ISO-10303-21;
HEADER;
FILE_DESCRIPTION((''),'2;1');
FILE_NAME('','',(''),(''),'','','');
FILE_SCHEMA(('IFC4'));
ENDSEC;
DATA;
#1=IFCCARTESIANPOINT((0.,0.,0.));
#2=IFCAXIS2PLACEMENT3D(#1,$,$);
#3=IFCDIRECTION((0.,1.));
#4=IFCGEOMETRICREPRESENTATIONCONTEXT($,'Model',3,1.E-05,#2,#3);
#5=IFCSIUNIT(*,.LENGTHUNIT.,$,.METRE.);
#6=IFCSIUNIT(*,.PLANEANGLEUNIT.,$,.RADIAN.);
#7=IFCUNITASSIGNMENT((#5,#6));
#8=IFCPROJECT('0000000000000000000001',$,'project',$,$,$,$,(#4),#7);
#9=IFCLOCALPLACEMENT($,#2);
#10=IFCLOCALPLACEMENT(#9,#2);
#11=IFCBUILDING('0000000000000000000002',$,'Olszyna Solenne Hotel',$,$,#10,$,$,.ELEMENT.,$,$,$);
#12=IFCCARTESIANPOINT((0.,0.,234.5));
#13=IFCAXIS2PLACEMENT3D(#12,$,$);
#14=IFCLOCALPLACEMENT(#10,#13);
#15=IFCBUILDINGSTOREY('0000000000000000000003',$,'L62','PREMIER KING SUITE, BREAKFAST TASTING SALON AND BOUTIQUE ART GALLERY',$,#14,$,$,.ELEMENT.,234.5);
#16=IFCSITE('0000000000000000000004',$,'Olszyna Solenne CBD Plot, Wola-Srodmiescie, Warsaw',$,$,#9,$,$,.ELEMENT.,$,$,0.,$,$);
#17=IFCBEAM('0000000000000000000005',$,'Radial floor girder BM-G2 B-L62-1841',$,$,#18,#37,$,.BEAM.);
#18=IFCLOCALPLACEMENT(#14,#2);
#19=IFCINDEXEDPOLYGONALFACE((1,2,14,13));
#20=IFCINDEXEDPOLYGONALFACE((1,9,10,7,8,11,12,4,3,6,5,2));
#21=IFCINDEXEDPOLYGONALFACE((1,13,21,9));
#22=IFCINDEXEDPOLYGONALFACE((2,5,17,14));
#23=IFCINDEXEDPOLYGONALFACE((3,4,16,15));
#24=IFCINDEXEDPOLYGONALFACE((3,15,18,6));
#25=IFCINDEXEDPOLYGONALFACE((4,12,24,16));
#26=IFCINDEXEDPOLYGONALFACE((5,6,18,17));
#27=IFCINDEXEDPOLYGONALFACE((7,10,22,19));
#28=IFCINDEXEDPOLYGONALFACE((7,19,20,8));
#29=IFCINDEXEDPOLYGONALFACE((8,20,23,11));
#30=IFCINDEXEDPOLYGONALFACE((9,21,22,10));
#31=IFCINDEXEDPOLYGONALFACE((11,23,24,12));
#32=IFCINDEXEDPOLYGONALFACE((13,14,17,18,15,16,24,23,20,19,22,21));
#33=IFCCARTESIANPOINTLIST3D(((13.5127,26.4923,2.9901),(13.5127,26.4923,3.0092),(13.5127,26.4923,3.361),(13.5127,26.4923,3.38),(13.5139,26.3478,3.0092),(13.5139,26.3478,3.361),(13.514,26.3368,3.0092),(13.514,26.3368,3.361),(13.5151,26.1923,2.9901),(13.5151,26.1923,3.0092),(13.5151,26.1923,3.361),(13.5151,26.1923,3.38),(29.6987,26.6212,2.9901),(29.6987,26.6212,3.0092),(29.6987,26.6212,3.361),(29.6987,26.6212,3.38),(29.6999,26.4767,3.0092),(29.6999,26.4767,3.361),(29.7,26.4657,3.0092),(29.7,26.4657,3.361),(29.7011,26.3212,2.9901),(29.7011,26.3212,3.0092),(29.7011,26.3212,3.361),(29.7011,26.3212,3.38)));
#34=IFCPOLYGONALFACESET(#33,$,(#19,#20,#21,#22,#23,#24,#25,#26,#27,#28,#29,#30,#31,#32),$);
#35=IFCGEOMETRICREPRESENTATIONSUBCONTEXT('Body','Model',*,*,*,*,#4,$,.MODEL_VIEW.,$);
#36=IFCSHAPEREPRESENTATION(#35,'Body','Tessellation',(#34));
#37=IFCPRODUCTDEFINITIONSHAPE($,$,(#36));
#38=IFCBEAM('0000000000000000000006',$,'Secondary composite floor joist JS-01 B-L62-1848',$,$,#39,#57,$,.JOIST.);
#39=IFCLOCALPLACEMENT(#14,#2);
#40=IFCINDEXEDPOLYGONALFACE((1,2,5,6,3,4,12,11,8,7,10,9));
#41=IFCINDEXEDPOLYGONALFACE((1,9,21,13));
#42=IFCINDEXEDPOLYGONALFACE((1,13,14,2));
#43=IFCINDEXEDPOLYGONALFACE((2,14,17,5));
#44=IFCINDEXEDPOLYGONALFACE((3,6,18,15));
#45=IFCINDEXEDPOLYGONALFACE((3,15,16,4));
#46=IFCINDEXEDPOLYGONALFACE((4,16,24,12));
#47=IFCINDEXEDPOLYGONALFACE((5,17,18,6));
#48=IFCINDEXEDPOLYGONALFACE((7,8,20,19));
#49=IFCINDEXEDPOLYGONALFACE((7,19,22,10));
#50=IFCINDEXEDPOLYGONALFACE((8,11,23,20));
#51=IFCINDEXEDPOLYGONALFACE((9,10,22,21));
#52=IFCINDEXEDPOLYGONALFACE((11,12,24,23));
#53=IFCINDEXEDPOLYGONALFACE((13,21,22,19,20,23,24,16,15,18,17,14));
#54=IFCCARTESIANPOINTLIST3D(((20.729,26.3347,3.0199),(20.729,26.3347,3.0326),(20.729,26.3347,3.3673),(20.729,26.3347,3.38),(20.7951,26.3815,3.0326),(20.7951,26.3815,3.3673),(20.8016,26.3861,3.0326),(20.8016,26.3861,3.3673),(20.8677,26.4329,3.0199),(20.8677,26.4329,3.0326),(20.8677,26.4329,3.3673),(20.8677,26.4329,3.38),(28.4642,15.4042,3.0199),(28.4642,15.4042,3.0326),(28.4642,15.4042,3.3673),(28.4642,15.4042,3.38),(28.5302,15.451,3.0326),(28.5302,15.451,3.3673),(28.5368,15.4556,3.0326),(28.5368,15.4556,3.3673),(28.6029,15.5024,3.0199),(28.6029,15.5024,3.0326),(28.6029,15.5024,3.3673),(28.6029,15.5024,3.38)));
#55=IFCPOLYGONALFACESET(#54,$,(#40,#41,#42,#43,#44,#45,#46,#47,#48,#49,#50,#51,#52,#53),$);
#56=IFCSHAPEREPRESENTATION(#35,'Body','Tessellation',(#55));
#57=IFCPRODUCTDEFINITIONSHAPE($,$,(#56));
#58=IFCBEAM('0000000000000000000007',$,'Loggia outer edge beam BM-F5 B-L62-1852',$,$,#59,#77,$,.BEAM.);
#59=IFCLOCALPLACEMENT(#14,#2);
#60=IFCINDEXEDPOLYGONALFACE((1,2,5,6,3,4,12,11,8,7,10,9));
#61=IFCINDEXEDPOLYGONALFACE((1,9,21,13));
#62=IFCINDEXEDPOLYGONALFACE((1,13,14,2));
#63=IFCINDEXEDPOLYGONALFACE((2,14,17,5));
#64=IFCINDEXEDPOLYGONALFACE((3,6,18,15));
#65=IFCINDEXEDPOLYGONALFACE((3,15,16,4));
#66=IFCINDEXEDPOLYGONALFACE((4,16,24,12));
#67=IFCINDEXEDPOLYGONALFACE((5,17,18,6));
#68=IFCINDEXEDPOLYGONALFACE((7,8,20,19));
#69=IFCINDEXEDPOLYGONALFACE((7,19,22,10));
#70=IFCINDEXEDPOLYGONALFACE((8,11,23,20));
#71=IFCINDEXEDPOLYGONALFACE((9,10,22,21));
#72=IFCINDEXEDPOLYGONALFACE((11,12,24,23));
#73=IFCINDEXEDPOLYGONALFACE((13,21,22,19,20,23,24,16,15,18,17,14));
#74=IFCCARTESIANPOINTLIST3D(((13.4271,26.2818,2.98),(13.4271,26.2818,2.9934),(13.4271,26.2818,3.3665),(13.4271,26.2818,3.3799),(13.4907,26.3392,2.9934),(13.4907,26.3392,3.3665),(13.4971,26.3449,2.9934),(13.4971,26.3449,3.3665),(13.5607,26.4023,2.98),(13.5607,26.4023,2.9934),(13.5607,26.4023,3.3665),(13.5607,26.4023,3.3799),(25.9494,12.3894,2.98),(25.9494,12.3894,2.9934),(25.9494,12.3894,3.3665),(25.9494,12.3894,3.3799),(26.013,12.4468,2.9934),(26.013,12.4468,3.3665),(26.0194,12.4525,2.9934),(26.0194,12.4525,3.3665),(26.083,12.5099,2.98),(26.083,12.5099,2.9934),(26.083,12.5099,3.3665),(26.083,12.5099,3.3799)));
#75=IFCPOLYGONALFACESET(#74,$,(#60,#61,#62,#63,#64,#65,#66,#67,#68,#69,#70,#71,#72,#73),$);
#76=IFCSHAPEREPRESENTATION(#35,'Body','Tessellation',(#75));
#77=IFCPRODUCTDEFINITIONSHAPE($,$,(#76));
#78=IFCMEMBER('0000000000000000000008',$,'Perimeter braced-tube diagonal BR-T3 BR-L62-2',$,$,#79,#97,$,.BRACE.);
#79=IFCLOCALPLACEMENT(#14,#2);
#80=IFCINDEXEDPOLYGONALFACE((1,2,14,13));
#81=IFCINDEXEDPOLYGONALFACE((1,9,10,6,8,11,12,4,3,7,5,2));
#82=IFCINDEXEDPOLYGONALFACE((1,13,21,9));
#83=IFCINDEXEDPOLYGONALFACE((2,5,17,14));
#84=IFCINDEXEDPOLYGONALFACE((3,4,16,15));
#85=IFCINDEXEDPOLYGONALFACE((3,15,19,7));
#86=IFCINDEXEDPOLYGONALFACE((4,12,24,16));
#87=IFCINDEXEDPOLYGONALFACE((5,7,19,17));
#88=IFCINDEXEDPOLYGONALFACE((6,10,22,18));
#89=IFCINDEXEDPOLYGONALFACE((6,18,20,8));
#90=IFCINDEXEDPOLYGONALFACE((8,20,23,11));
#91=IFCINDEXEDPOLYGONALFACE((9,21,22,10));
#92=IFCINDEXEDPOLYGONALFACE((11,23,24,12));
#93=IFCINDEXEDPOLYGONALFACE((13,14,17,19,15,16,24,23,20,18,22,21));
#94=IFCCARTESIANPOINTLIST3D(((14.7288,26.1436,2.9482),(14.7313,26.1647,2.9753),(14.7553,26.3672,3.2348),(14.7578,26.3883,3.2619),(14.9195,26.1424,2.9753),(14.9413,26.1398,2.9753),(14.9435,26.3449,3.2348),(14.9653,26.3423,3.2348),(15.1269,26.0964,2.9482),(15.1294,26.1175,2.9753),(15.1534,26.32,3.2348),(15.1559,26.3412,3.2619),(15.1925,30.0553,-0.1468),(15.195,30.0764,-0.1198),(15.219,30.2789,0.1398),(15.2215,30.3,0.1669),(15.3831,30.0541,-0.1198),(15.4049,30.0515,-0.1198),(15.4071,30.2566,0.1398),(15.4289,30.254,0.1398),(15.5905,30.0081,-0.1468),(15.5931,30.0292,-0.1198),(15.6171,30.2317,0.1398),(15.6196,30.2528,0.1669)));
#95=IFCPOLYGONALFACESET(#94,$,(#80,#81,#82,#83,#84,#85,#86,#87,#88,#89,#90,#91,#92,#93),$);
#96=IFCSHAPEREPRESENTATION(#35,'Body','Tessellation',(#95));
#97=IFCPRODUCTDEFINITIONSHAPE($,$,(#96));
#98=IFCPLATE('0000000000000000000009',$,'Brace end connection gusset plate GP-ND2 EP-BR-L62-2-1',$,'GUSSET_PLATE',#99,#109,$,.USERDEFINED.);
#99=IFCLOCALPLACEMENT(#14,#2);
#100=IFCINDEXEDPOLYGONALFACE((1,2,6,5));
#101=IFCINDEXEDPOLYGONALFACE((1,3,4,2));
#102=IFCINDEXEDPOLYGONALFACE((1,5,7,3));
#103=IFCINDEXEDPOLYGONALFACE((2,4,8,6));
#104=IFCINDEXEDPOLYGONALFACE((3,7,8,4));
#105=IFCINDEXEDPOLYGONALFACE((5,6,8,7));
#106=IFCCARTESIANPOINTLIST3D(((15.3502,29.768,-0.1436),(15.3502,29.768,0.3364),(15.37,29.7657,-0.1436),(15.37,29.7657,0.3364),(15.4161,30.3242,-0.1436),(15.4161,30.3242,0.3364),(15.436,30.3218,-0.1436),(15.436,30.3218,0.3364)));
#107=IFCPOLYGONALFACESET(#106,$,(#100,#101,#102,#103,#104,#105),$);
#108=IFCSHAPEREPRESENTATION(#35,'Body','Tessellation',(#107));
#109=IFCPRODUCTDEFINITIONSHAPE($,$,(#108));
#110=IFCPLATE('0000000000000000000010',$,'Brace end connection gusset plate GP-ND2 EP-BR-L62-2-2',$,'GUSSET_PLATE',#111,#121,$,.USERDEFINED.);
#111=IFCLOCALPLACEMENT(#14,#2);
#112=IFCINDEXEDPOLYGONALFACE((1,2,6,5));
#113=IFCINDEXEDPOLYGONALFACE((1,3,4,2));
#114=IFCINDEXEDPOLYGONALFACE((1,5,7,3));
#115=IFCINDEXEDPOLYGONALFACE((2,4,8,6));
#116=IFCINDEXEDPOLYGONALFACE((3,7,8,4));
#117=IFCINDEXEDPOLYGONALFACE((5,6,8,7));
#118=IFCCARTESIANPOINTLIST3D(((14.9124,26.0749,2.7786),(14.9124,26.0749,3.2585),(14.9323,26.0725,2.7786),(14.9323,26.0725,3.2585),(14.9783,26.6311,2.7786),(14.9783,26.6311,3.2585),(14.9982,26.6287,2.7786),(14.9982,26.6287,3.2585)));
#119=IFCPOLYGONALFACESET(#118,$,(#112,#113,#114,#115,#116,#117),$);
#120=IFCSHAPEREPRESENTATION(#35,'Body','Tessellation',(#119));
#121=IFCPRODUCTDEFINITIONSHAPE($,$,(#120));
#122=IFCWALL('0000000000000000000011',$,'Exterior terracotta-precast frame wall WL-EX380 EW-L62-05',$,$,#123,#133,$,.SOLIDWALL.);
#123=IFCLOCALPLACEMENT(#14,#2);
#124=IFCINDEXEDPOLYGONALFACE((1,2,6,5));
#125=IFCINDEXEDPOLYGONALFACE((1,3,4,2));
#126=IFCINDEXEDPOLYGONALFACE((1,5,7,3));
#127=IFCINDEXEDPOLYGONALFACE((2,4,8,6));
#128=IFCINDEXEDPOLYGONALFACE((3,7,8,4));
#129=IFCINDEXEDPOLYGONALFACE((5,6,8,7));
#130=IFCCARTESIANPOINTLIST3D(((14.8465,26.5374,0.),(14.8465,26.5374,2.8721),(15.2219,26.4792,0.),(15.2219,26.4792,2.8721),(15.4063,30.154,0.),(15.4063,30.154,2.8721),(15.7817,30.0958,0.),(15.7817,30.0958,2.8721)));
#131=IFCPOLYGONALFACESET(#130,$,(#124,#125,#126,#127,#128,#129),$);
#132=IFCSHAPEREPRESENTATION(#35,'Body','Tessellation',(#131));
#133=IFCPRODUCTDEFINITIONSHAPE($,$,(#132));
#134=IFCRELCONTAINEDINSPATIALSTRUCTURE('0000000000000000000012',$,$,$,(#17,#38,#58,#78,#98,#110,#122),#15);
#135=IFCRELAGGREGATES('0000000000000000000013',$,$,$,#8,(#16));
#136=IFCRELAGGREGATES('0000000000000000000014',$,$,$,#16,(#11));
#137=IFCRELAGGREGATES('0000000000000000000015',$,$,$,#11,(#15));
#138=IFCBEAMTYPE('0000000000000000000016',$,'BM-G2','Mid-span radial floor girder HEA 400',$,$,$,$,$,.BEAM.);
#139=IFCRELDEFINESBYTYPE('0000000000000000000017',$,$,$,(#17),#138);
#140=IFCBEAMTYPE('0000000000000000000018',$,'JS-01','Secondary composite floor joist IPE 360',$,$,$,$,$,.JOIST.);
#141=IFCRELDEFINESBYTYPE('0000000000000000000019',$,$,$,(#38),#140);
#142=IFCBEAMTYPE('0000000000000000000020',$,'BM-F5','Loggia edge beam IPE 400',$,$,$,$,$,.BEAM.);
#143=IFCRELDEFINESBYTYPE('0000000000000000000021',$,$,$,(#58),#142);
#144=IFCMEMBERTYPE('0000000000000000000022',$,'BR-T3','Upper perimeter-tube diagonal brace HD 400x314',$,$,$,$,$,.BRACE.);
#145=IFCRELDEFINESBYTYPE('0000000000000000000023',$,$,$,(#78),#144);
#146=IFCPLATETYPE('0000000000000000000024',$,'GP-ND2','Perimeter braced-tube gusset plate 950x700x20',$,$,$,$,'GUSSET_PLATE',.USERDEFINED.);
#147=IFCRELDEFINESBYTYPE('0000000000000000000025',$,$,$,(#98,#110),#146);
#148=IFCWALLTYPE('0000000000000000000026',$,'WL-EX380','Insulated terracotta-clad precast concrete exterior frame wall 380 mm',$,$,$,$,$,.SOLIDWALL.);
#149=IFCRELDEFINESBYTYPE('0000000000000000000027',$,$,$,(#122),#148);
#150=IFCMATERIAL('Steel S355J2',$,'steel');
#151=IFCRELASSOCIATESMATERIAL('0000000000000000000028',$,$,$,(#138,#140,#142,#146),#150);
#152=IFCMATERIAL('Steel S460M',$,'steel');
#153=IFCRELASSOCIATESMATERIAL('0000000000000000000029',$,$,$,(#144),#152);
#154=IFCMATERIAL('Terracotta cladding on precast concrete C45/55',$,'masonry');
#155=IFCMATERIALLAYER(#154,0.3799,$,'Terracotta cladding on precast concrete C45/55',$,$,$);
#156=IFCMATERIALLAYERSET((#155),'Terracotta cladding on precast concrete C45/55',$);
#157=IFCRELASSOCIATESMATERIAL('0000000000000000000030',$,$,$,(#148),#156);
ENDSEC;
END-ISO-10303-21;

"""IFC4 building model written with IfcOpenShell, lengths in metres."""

from ifc_helpers import new_model, si_unit, direction, frame, frame_2d, origin, origin_2d, place, context, subcontext, project, spatial, rectangle, i_section, extrude, source, transform, mapped, material, layer, layer_set, material_profile, profile_set, type_object, element, save


model = new_model("IFC4")

# Units and contexts
model_context = context("Model", 3, precision=1e-05, world=origin(), true_north=direction((0.0, 1.0)))
body_context = subcontext(model_context, "Body", "Model", "MODEL_VIEW")
ifc_project = project(units=[si_unit("LENGTHUNIT", "METRE"), si_unit("PLANEANGLEUNIT", "RADIAN")], contexts=[model_context])

# Site, building, storey
site_placement = place(None, origin())
site = spatial("IfcSite", under=ifc_project, at=site_placement, Name="Olszyna Solenne CBD Plot, Wola-Srodmiescie, Warsaw", CompositionType="ELEMENT", RefElevation=0.0)
building_placement = place(site_placement, origin())
building = spatial("IfcBuilding", under=site, at=building_placement, Name="Olszyna Solenne Hotel", CompositionType="ELEMENT")
storey_placement = place(building_placement, frame((0.0, 0.0, 234.5)))
storey = spatial("IfcBuildingStorey", under=building, at=storey_placement, Name="L62", Description="PREMIER KING SUITE, BREAKFAST TASTING SALON AND BOUTIQUE ART GALLERY", CompositionType="ELEMENT", Elevation=234.5)

# Shared definitions
ifc_material_1 = material(Name="Steel S460M", Category="steel")

# Beams
ifc_material_2 = material(Name="Steel S355J2", Category="steel")
ifc_material_profile_1 = material_profile(ifc_material_2, i_section(OverallWidth=0.3, OverallDepth=0.3899, WebThickness=0.011, FlangeThickness=0.019, at=origin_2d()), Name="HEA 400", Category="load-bearing")
ifc_profile_set_1 = profile_set([ifc_material_profile_1], Name="Steel S355J2")
beam_type_1 = type_object("IfcBeamType", Name="BM-G2", Description="Mid-span radial floor girder HEA 400", PredefinedType="BEAM", material=ifc_profile_set_1)
shared_shape_1 = source(origin(), body_context, "Body", "SweptSolid", [
    extrude(i_section(OverallWidth=0.3, OverallDepth=0.3899, WebThickness=0.011, FlangeThickness=0.019, at=origin_2d()), origin(), (0.0, 0.0, 1.0), 16.1865),
])
beam_1_placement = place(storey_placement, frame((13.5139, 26.3423, 3.1851), z_axis=(0.999968, 0.007964, 0.0), x_axis=(-0.007964, 0.999968, 0.0)))
element("IfcBeam", 1, at=beam_1_placement, inside=storey, type_object=beam_type_1, Name="Radial floor girder BM-G2 B-L62-1841", PredefinedType="BEAM", context=body_context, shape_type="MappedRepresentation", body=[
    mapped(shared_shape_1, transform((0.0, 0.0, 0.0), x_axis=(1.0, 0.0, 0.0), y_axis=(0.0, 1.0, 0.0), z_axis=(0.0, 0.0, 1.0), scale=1.0)),
])
ifc_material_profile_2 = material_profile(ifc_material_2, i_section(OverallWidth=0.1699, OverallDepth=0.3601, WebThickness=0.0081, FlangeThickness=0.0127, at=origin_2d()), Name="IPE 360", Category="load-bearing")
ifc_profile_set_2 = profile_set([ifc_material_profile_2], Name="Steel S355J2")
beam_type_2 = type_object("IfcBeamType", Name="JS-01", Description="Secondary composite floor joist IPE 360", PredefinedType="JOIST", material=ifc_profile_set_2)
shared_shape_2 = source(origin(), body_context, "Body", "SweptSolid", [
    extrude(i_section(OverallWidth=0.1699, OverallDepth=0.3601, WebThickness=0.0081, FlangeThickness=0.0127, at=origin_2d()), origin(), (0.0, 0.0, 1.0), 13.3906),
])
beam_2_placement = place(storey_placement, frame((20.7983, 26.3838, 3.2), z_axis=(0.577656, -0.816281, 0.0), x_axis=(0.816281, 0.577656, 0.0)))
element("IfcBeam", 2, at=beam_2_placement, inside=storey, type_object=beam_type_2, Name="Secondary composite floor joist JS-01 B-L62-1848", PredefinedType="JOIST", context=body_context, shape_type="MappedRepresentation", body=[
    mapped(shared_shape_2, transform((0.0, 0.0, 0.0), x_axis=(1.0, 0.0, 0.0), y_axis=(0.0, 1.0, 0.0), z_axis=(0.0, 0.0, 1.0), scale=1.0)),
])
ifc_material_profile_3 = material_profile(ifc_material_2, i_section(OverallWidth=0.1799, OverallDepth=0.3999, WebThickness=0.0085, FlangeThickness=0.0134, at=origin_2d()), Name="IPE 400", Category="load-bearing")
ifc_profile_set_3 = profile_set([ifc_material_profile_3], Name="Steel S355J2")
beam_type_3 = type_object("IfcBeamType", Name="BM-F5", Description="Loggia edge beam IPE 400", PredefinedType="BEAM", material=ifc_profile_set_3)
shared_shape_3 = source(origin(), body_context, "Body", "SweptSolid", [
    extrude(i_section(OverallWidth=0.1799, OverallDepth=0.3999, WebThickness=0.0085, FlangeThickness=0.0134, at=origin_2d()), origin(), (0.0, 0.0, 1.0), 18.7031),
])
beam_3_placement = place(storey_placement, frame((13.4939, 26.342, 3.1799), z_axis=(0.669529, -0.742786, 0.0), x_axis=(0.742786, 0.669529, 0.0)))
element("IfcBeam", 3, at=beam_3_placement, inside=storey, type_object=beam_type_3, Name="Loggia outer edge beam BM-F5 B-L62-1852", PredefinedType="BEAM", context=body_context, shape_type="MappedRepresentation", body=[
    mapped(shared_shape_3, transform((0.0, 0.0, 0.0), x_axis=(1.0, 0.0, 0.0), y_axis=(0.0, 1.0, 0.0), z_axis=(0.0, 0.0, 1.0), scale=1.0)),
])

# Member
ifc_material_profile_4 = material_profile(ifc_material_1, i_section(OverallWidth=0.4009, OverallDepth=0.3989, WebThickness=0.022, FlangeThickness=0.0344, at=origin_2d()), Name="HD 400x314", Category="load-bearing")
ifc_profile_set_4 = profile_set([ifc_material_profile_4], Name="Steel S460M")
member_type = type_object("IfcMemberType", Name="BR-T3", Description="Upper perimeter-tube diagonal brace HD 400x314", PredefinedType="BRACE", material=ifc_profile_set_4)
shared_shape_4 = source(origin(), body_context, "Body", "SweptSolid", [
    extrude(i_section(OverallWidth=0.4009, OverallDepth=0.3989, WebThickness=0.022, FlangeThickness=0.0344, at=origin_2d()), origin(), (0.0, 0.0, 1.0), 5.0095),
])
member_placement = place(storey_placement, frame((15.406, 30.1541, 0.01), z_axis=(-0.09255, -0.780849, 0.617827), x_axis=(0.993049, -0.117701, 0.0)))
element("IfcMember", 4, at=member_placement, inside=storey, type_object=member_type, Name="Perimeter braced-tube diagonal BR-T3 BR-L62-2", PredefinedType="BRACE", context=body_context, shape_type="MappedRepresentation", body=[
    mapped(shared_shape_4, transform((0.0, 0.0, 0.0), x_axis=(1.0, 0.0, 0.0), y_axis=(0.0, 1.0, 0.0), z_axis=(0.0, 0.0, 1.0), scale=1.0)),
])

# Plates
plate_type = type_object("IfcPlateType", Name="GP-ND2", Description="Perimeter braced-tube gusset plate 950x700x20", ElementType="GUSSET_PLATE", PredefinedType="USERDEFINED", material=ifc_material_2)
shared_shape_5 = source(origin(), body_context, "Body", "SweptSolid", [
    extrude(rectangle(XDim=0.5601, YDim=0.02, at=origin_2d()), origin(), (0.0, 0.0, 1.0), 0.48),
])
for number, where, z_axis, x_axis, name in (
    (5, (15.3931, 30.0449, -0.1436), (0.0, 0.0, 1.0), (-0.117711, -0.993048, 0.0), "Brace end connection gusset plate GP-ND2 EP-BR-L62-2-1"),
    (6, (14.9553, 26.3518, 2.7786), (0.0, 0.0, 1.0), (-0.117711, -0.993048, 0.0), "Brace end connection gusset plate GP-ND2 EP-BR-L62-2-2"),
):
    element("IfcPlate", number, at=place(storey_placement, frame(where, z_axis=z_axis, x_axis=x_axis)), inside=storey, type_object=plate_type, Name=name, ObjectType="GUSSET_PLATE", PredefinedType="USERDEFINED", context=body_context, shape_type="MappedRepresentation", body=[
        mapped(shared_shape_5, transform((0.0, 0.0, 0.0), x_axis=(1.0, 0.0, 0.0), y_axis=(0.0, 1.0, 0.0), z_axis=(0.0, 0.0, 1.0), scale=1.0)),
    ])

# Wall
ifc_material_3 = material(Name="Terracotta cladding on precast concrete C45/55", Category="masonry")
ifc_layer_1 = layer(ifc_material_3, 0.3799, Name="Terracotta cladding on precast concrete C45/55")
ifc_layer_set_1 = layer_set([ifc_layer_1], Name="Terracotta cladding on precast concrete C45/55")
wall_type_1 = type_object("IfcWallType", Name="WL-EX380", Description="Insulated terracotta-clad precast concrete exterior frame wall 380 mm", PredefinedType="SOLIDWALL", material=ifc_layer_set_1)
wall_1_placement = place(storey_placement, frame((15.0342, 26.5083, 0.0), z_axis=(0.0, 0.0, 1.0), x_axis=(0.152964, 0.988232, 0.0)))
element("IfcWall", 7, at=wall_1_placement, inside=storey, type_object=wall_type_1, Name="Exterior terracotta-precast frame wall WL-EX380 EW-L62-05", PredefinedType="SOLIDWALL", context=body_context, shape_type="SweptSolid", body=[
    extrude(rectangle(XDim=3.6597, YDim=0.3799, at=frame_2d((1.8298, 0.0))), origin(), (0.0, 0.0, 1.0), 2.8721),
])

save(model, "model.ifc")
